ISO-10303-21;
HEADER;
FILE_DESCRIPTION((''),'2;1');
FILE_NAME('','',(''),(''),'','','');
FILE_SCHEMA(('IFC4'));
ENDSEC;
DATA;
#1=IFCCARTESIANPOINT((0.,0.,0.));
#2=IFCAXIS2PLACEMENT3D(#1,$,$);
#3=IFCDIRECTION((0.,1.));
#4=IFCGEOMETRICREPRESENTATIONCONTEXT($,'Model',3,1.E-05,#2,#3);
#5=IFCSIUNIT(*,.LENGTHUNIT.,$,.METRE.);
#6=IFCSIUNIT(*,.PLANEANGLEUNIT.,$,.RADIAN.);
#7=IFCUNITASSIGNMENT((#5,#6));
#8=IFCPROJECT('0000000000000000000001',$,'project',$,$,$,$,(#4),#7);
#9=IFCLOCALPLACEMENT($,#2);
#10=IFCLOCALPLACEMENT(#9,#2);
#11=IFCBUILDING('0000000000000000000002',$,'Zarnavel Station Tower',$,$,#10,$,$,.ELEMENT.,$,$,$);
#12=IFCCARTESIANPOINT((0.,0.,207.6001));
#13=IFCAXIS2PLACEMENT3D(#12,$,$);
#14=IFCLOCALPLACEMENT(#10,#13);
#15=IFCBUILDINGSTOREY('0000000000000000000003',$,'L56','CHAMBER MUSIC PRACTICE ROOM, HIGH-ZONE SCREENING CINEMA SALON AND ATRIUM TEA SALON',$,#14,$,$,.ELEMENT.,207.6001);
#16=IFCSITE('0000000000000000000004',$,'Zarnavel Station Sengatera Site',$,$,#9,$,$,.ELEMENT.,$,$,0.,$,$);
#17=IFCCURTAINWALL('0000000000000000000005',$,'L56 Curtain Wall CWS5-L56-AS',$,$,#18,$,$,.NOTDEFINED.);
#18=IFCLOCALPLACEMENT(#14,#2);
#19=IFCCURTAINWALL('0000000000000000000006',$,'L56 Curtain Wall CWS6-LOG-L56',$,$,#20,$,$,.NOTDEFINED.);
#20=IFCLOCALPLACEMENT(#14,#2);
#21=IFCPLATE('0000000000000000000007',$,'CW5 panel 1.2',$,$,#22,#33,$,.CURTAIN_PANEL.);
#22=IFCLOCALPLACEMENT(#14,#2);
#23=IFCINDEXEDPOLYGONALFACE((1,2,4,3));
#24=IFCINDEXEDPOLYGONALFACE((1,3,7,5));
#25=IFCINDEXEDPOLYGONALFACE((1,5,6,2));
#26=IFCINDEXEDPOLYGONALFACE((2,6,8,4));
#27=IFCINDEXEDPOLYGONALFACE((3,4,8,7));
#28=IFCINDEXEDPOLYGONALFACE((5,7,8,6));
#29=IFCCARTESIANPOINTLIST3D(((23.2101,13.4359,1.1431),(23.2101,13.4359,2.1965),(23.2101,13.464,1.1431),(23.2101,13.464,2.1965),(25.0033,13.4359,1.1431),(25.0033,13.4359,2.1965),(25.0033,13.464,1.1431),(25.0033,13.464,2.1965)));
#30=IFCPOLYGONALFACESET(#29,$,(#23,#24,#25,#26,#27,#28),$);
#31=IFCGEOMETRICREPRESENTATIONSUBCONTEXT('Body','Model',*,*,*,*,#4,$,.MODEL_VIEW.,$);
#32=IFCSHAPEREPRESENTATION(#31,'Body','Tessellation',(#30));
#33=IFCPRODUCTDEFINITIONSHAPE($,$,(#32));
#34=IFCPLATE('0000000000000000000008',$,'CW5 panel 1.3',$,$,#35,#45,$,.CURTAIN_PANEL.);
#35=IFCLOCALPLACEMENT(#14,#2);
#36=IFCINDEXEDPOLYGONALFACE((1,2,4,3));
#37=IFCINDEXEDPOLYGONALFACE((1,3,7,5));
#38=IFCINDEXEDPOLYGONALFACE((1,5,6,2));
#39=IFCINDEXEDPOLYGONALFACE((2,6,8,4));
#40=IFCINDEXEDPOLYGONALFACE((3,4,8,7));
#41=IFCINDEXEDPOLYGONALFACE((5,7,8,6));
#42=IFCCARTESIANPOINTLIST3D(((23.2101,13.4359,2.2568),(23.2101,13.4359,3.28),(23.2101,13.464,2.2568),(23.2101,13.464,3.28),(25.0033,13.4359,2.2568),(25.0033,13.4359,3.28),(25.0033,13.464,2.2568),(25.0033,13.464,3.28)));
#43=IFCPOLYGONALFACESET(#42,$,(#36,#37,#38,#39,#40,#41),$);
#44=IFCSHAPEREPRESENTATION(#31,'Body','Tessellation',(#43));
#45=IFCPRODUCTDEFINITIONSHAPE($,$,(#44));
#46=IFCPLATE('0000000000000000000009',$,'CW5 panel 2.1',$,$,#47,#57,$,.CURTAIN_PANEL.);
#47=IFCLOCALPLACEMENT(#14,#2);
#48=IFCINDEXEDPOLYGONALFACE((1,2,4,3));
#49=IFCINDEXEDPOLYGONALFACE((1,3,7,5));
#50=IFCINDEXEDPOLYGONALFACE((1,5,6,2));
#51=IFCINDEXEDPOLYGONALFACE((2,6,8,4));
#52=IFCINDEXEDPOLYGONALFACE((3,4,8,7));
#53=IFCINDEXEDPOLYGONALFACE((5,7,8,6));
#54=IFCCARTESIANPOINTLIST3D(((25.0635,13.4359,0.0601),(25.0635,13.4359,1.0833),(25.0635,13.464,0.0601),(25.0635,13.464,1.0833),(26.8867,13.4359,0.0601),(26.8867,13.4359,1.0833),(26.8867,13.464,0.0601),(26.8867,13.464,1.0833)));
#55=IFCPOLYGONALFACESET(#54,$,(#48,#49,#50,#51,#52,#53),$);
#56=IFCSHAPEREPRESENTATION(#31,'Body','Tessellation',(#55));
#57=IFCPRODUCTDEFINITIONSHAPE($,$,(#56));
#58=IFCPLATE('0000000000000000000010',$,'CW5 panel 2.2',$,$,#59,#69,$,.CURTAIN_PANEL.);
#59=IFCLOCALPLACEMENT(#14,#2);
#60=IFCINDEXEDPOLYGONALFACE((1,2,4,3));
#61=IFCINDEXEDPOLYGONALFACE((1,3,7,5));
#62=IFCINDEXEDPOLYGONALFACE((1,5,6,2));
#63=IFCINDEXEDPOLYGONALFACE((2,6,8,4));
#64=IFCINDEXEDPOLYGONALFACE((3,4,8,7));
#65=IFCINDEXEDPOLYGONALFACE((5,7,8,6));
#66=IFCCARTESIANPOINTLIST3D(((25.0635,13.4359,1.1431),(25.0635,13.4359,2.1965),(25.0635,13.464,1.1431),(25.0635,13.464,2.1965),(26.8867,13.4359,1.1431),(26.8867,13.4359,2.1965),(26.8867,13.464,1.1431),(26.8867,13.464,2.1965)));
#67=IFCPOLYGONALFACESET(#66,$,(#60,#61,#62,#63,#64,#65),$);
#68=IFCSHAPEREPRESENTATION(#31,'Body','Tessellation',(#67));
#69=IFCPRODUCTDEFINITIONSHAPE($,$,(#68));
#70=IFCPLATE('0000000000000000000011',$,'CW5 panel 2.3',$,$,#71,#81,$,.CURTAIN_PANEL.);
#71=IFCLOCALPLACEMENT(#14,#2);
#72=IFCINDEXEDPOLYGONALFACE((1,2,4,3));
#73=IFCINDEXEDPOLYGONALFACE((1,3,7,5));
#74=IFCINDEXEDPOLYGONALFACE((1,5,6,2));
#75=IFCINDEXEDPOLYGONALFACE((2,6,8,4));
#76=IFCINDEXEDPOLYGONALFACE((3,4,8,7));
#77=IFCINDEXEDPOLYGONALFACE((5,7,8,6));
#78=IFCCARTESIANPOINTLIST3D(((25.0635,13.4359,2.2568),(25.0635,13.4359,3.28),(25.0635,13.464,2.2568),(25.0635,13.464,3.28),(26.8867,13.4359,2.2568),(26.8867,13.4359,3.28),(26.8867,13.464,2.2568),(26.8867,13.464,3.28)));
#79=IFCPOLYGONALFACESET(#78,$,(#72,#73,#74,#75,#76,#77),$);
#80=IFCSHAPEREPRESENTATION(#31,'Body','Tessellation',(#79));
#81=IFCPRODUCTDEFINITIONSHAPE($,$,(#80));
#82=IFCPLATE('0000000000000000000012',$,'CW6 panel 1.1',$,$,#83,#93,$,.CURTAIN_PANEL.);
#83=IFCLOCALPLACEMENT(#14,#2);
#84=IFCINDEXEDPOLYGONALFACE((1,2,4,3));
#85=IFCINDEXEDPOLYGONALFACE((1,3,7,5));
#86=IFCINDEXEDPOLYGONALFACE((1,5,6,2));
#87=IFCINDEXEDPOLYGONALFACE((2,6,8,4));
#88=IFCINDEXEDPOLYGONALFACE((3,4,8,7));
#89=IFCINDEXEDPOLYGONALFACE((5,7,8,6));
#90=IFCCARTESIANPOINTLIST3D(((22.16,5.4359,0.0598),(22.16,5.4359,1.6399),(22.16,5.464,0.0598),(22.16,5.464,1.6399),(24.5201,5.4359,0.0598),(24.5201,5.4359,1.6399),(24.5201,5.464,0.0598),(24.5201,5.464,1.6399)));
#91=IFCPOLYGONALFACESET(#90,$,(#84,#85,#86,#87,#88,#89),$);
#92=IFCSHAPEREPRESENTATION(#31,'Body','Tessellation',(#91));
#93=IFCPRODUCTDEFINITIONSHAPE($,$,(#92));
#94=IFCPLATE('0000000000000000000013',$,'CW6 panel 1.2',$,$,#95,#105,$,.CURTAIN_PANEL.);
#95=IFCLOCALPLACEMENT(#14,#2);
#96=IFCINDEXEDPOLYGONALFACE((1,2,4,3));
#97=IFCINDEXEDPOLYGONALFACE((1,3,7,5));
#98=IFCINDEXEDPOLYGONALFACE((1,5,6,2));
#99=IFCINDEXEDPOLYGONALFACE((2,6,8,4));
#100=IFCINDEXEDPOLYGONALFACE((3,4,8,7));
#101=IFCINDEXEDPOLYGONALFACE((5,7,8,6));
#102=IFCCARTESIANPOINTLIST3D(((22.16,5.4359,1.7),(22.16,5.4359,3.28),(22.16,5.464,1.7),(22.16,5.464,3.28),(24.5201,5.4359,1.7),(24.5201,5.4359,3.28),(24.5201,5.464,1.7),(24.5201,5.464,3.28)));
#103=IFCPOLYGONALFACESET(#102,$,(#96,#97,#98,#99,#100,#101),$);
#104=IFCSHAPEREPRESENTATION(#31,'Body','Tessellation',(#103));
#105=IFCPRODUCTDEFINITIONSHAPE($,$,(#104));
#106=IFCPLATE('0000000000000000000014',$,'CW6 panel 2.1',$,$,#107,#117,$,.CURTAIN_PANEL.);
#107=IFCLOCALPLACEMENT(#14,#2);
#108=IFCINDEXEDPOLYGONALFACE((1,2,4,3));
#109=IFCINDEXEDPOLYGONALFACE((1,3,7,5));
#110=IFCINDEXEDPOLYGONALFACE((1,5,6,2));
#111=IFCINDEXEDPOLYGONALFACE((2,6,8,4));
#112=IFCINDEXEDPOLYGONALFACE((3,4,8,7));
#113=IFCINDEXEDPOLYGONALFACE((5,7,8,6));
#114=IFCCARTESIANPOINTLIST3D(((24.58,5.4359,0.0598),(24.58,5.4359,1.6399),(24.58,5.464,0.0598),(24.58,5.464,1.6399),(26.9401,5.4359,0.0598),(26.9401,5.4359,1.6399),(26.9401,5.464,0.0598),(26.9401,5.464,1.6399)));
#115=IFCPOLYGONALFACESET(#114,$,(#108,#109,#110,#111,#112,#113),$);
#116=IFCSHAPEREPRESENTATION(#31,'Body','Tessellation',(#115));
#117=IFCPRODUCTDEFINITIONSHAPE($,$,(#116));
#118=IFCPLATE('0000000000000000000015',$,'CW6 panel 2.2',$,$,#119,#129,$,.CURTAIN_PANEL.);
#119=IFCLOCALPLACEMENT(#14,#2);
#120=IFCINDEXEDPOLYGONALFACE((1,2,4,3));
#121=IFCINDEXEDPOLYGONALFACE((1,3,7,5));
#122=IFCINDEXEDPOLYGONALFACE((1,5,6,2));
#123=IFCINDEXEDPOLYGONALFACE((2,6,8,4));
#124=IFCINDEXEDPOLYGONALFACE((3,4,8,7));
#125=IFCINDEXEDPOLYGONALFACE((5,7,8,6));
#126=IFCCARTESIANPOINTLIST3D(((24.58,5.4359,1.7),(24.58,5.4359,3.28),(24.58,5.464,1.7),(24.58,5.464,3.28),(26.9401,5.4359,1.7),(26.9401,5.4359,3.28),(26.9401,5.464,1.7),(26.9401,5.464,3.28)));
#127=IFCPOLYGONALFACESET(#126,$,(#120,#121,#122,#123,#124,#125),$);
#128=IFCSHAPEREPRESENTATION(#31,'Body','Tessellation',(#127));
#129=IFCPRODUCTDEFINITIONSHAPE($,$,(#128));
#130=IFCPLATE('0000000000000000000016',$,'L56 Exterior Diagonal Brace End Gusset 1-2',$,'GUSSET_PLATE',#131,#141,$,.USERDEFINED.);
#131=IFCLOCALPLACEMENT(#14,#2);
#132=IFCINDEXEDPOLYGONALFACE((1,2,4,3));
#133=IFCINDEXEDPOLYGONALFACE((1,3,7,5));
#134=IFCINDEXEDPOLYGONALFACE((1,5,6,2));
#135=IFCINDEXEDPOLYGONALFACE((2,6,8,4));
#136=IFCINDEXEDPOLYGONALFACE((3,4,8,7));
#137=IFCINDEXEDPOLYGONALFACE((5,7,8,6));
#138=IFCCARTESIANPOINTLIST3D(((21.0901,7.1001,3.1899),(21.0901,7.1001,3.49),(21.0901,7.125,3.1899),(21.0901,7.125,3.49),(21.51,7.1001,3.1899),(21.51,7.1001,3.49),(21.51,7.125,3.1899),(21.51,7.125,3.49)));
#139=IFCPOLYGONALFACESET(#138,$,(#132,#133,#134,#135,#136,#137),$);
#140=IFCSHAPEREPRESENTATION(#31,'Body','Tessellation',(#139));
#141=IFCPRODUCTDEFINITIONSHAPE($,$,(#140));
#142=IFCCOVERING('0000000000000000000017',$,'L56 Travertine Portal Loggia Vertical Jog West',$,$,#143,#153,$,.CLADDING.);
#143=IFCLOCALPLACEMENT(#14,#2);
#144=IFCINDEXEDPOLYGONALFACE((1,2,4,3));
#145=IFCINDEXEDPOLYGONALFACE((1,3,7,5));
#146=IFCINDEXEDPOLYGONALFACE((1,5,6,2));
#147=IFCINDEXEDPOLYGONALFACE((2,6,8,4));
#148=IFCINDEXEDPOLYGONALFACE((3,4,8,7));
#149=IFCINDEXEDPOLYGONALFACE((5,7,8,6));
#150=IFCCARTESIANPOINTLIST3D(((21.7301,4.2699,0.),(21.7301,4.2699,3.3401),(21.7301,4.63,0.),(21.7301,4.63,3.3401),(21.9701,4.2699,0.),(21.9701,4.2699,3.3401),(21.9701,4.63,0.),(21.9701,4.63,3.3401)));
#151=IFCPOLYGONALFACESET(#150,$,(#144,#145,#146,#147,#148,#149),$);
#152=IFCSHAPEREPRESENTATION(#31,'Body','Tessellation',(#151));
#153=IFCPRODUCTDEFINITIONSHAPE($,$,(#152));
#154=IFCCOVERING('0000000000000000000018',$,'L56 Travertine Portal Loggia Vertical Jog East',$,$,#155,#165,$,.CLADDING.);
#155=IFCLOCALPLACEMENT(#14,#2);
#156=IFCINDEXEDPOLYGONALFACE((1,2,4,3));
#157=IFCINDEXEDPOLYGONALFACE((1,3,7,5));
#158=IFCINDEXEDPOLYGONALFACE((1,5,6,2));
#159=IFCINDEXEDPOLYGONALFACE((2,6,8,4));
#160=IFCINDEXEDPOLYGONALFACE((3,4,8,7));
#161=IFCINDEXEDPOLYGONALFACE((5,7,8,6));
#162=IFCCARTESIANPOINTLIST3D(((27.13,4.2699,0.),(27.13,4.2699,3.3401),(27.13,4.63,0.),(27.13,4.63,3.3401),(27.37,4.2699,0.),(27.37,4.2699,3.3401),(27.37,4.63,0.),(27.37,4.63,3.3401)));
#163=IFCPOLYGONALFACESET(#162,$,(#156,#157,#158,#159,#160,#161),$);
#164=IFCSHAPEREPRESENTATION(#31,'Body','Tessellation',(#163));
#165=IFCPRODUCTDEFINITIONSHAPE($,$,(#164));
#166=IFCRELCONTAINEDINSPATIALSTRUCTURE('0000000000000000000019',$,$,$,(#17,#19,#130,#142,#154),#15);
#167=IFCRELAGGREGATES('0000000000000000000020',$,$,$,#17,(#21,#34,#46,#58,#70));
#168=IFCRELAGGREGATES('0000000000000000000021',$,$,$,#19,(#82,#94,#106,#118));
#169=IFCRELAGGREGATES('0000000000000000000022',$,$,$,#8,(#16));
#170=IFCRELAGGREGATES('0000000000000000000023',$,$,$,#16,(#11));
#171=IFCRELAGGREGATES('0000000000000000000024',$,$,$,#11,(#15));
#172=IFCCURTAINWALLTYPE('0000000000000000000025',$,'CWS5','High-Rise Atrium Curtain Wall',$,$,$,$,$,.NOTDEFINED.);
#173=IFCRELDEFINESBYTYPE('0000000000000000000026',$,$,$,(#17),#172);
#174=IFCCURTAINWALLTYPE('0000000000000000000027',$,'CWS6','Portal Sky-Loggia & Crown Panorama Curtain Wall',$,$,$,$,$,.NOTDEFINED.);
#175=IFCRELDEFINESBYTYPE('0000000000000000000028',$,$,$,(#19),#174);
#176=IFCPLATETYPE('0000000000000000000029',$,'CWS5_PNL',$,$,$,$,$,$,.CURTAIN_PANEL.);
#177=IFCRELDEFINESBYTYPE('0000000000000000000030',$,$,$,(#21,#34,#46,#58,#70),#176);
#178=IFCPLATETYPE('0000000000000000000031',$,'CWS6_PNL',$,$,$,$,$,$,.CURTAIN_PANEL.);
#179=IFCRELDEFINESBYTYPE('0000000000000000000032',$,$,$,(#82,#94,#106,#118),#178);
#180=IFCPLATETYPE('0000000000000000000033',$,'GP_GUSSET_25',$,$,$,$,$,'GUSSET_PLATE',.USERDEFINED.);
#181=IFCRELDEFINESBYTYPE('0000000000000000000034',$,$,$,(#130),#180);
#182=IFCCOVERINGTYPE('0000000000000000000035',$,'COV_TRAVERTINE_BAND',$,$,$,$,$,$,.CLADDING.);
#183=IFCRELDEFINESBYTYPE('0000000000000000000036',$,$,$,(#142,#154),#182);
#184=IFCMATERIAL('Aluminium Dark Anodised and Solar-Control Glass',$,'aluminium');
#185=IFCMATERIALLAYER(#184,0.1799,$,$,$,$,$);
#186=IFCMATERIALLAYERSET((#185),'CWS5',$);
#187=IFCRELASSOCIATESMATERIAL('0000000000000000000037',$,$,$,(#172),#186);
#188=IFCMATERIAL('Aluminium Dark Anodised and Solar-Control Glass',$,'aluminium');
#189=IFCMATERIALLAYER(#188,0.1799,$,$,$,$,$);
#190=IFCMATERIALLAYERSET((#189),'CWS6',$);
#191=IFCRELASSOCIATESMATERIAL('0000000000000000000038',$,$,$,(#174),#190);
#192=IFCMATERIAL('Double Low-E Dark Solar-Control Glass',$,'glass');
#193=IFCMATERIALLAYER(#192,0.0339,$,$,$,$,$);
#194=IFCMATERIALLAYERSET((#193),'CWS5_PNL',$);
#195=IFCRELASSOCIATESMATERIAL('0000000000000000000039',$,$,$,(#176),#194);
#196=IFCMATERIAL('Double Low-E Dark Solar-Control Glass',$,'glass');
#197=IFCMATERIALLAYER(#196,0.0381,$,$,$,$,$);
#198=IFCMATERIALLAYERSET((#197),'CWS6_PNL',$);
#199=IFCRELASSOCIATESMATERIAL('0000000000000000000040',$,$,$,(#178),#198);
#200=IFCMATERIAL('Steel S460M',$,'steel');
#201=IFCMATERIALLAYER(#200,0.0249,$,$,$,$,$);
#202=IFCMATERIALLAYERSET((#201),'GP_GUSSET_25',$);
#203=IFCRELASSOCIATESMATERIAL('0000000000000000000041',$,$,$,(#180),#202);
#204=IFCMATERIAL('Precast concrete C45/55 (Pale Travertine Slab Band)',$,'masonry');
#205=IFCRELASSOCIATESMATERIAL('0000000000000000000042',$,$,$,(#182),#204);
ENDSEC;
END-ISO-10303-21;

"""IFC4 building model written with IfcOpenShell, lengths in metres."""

from ifc_helpers import new_model, si_unit, direction, frame, origin, origin_2d, place, context, subcontext, project, spatial, rectangle, extrude, material, layer, layer_set, type_object, element, aggregate, save


model = new_model("IFC4")

# Units and contexts
model_context = context("Model", 3, precision=1e-05, world=origin(), true_north=direction((0.0, 1.0)))
body_context = subcontext(model_context, "Body", "Model", "MODEL_VIEW")
ifc_project = project(units=[si_unit("LENGTHUNIT", "METRE"), si_unit("PLANEANGLEUNIT", "RADIAN")], contexts=[model_context])

# Site, building, storey
site_placement = place(None, origin())
site = spatial("IfcSite", under=ifc_project, at=site_placement, Name="Zarnavel Station Sengatera Site", CompositionType="ELEMENT", RefElevation=0.0)
building_placement = place(site_placement, origin())
building = spatial("IfcBuilding", under=site, at=building_placement, Name="Zarnavel Station Tower", CompositionType="ELEMENT")
storey_placement = place(building_placement, frame((0.0, 0.0, 207.6001)))
storey = spatial("IfcBuildingStorey", under=building, at=storey_placement, Name="L56", Description="CHAMBER MUSIC PRACTICE ROOM, HIGH-ZONE SCREENING CINEMA SALON AND ATRIUM TEA SALON", CompositionType="ELEMENT", Elevation=207.6001)

# Curtain walls
ifc_material_1 = material(Name="Aluminium Dark Anodised and Solar-Control Glass", Category="aluminium")
ifc_layer_1 = layer(ifc_material_1, 0.1799)
ifc_layer_set_1 = layer_set([ifc_layer_1], Name="CWS5")
curtain_wall_type_1 = type_object("IfcCurtainWallType", Name="CWS5", Description="High-Rise Atrium Curtain Wall", PredefinedType="NOTDEFINED", material=ifc_layer_set_1)
curtain_wall_1_placement = place(storey_placement, origin())
curtain_wall_1 = element("IfcCurtainWall", 1, at=curtain_wall_1_placement, inside=storey, type_object=curtain_wall_type_1, Name="L56 Curtain Wall CWS5-L56-AS", PredefinedType="NOTDEFINED")
ifc_material_2 = material(Name="Aluminium Dark Anodised and Solar-Control Glass", Category="aluminium")
ifc_layer_2 = layer(ifc_material_2, 0.1799)
ifc_layer_set_2 = layer_set([ifc_layer_2], Name="CWS6")
curtain_wall_type_2 = type_object("IfcCurtainWallType", Name="CWS6", Description="Portal Sky-Loggia & Crown Panorama Curtain Wall", PredefinedType="NOTDEFINED", material=ifc_layer_set_2)
curtain_wall_2_placement = place(storey_placement, origin())
curtain_wall_2 = element("IfcCurtainWall", 2, at=curtain_wall_2_placement, inside=storey, type_object=curtain_wall_type_2, Name="L56 Curtain Wall CWS6-LOG-L56", PredefinedType="NOTDEFINED")

# Plates
ifc_material_3 = material(Name="Double Low-E Dark Solar-Control Glass", Category="glass")
ifc_layer_3 = layer(ifc_material_3, 0.0339)
ifc_layer_set_3 = layer_set([ifc_layer_3], Name="CWS5_PNL")
plate_type_1 = type_object("IfcPlateType", Name="CWS5_PNL", PredefinedType="CURTAIN_PANEL", material=ifc_layer_set_3)
plate_1_placement = place(storey_placement, frame((24.1067, 13.45, 1.1431), z_axis=(0.0, 0.0, 1.0), x_axis=(1.0, 0.0, 0.0)))
plate_1 = element("IfcPlate", 3, at=plate_1_placement, type_object=plate_type_1, Name="CW5 panel 1.2", PredefinedType="CURTAIN_PANEL", context=body_context, shape_type="SweptSolid", body=[
    extrude(rectangle(XDim=1.7932, YDim=0.0281, at=origin_2d()), origin(), (0.0, 0.0, 1.0), 1.0535),
])
plate_2_placement = place(storey_placement, frame((24.1067, 13.45, 2.2568), z_axis=(0.0, 0.0, 1.0), x_axis=(1.0, 0.0, 0.0)))
plate_2 = element("IfcPlate", 4, at=plate_2_placement, type_object=plate_type_1, Name="CW5 panel 1.3", PredefinedType="CURTAIN_PANEL", context=body_context, shape_type="SweptSolid", body=[
    extrude(rectangle(XDim=1.7932, YDim=0.0281, at=origin_2d()), origin(), (0.0, 0.0, 1.0), 1.0232),
])
plate_3_placement = place(storey_placement, frame((25.9751, 13.45, 0.0601), z_axis=(0.0, 0.0, 1.0), x_axis=(1.0, 0.0, 0.0)))
plate_3 = element("IfcPlate", 5, at=plate_3_placement, type_object=plate_type_1, Name="CW5 panel 2.1", PredefinedType="CURTAIN_PANEL", context=body_context, shape_type="SweptSolid", body=[
    extrude(rectangle(XDim=1.8232, YDim=0.0281, at=origin_2d()), origin(), (0.0, 0.0, 1.0), 1.0232),
])
plate_4_placement = place(storey_placement, frame((25.9751, 13.45, 1.1431), z_axis=(0.0, 0.0, 1.0), x_axis=(1.0, 0.0, 0.0)))
plate_4 = element("IfcPlate", 6, at=plate_4_placement, type_object=plate_type_1, Name="CW5 panel 2.2", PredefinedType="CURTAIN_PANEL", context=body_context, shape_type="SweptSolid", body=[
    extrude(rectangle(XDim=1.8232, YDim=0.0281, at=origin_2d()), origin(), (0.0, 0.0, 1.0), 1.0535),
])
plate_5_placement = place(storey_placement, frame((25.9751, 13.45, 2.2568), z_axis=(0.0, 0.0, 1.0), x_axis=(1.0, 0.0, 0.0)))
plate_5 = element("IfcPlate", 7, at=plate_5_placement, type_object=plate_type_1, Name="CW5 panel 2.3", PredefinedType="CURTAIN_PANEL", context=body_context, shape_type="SweptSolid", body=[
    extrude(rectangle(XDim=1.8232, YDim=0.0281, at=origin_2d()), origin(), (0.0, 0.0, 1.0), 1.0232),
])
aggregate(curtain_wall_1, [plate_1, plate_2, plate_3, plate_4, plate_5])
ifc_material_4 = material(Name="Double Low-E Dark Solar-Control Glass", Category="glass")
ifc_layer_4 = layer(ifc_material_4, 0.0381)
ifc_layer_set_4 = layer_set([ifc_layer_4], Name="CWS6_PNL")
plate_type_2 = type_object("IfcPlateType", Name="CWS6_PNL", PredefinedType="CURTAIN_PANEL", material=ifc_layer_set_4)
plate_6_placement = place(storey_placement, frame((23.3401, 5.45, 0.0598), z_axis=(0.0, 0.0, 1.0), x_axis=(1.0, 0.0, 0.0)))
plate_6 = element("IfcPlate", 8, at=plate_6_placement, type_object=plate_type_2, Name="CW6 panel 1.1", PredefinedType="CURTAIN_PANEL", context=body_context, shape_type="SweptSolid", body=[
    extrude(rectangle(XDim=2.3601, YDim=0.0281, at=origin_2d()), origin(), (0.0, 0.0, 1.0), 1.5801),
])
plate_7_placement = place(storey_placement, frame((23.3401, 5.45, 1.7), z_axis=(0.0, 0.0, 1.0), x_axis=(1.0, 0.0, 0.0)))
plate_7 = element("IfcPlate", 9, at=plate_7_placement, type_object=plate_type_2, Name="CW6 panel 1.2", PredefinedType="CURTAIN_PANEL", context=body_context, shape_type="SweptSolid", body=[
    extrude(rectangle(XDim=2.3601, YDim=0.0281, at=origin_2d()), origin(), (0.0, 0.0, 1.0), 1.5801),
])
plate_8_placement = place(storey_placement, frame((25.76, 5.45, 0.0598), z_axis=(0.0, 0.0, 1.0), x_axis=(1.0, 0.0, 0.0)))
plate_8 = element("IfcPlate", 10, at=plate_8_placement, type_object=plate_type_2, Name="CW6 panel 2.1", PredefinedType="CURTAIN_PANEL", context=body_context, shape_type="SweptSolid", body=[
    extrude(rectangle(XDim=2.3601, YDim=0.0281, at=origin_2d()), origin(), (0.0, 0.0, 1.0), 1.5801),
])
plate_9_placement = place(storey_placement, frame((25.76, 5.45, 1.7), z_axis=(0.0, 0.0, 1.0), x_axis=(1.0, 0.0, 0.0)))
plate_9 = element("IfcPlate", 11, at=plate_9_placement, type_object=plate_type_2, Name="CW6 panel 2.2", PredefinedType="CURTAIN_PANEL", context=body_context, shape_type="SweptSolid", body=[
    extrude(rectangle(XDim=2.3601, YDim=0.0281, at=origin_2d()), origin(), (0.0, 0.0, 1.0), 1.5801),
])
aggregate(curtain_wall_2, [plate_6, plate_7, plate_8, plate_9])
ifc_material_5 = material(Name="Steel S460M", Category="steel")
ifc_layer_5 = layer(ifc_material_5, 0.0249)
ifc_layer_set_5 = layer_set([ifc_layer_5], Name="GP_GUSSET_25")
plate_type_3 = type_object("IfcPlateType", Name="GP_GUSSET_25", ElementType="GUSSET_PLATE", PredefinedType="USERDEFINED", material=ifc_layer_set_5)
plate_10_placement = place(storey_placement, frame((21.3, 7.1125, 3.1899), z_axis=(0.0, 0.0, 1.0), x_axis=(1.0, 0.0, 0.0)))
element("IfcPlate", 12, at=plate_10_placement, inside=storey, type_object=plate_type_3, Name="L56 Exterior Diagonal Brace End Gusset 1-2", ObjectType="GUSSET_PLATE", PredefinedType="USERDEFINED", context=body_context, shape_type="SweptSolid", body=[
    extrude(rectangle(XDim=0.4199, YDim=0.0249, at=origin_2d()), origin(), (0.0, 0.0, 1.0), 0.3),
])

# Coverings
ifc_material_6 = material(Name="Precast concrete C45/55 (Pale Travertine Slab Band)", Category="masonry")
covering_type = type_object("IfcCoveringType", Name="COV_TRAVERTINE_BAND", PredefinedType="CLADDING", material=ifc_material_6)
for number, where, z_axis, x_axis, name in (
    (13, (21.8501, 4.45, 0.0), (0.0, 0.0, 1.0), (1.0, 0.0, 0.0), "L56 Travertine Portal Loggia Vertical Jog West"),
    (14, (27.25, 4.45, 0.0), (0.0, 0.0, 1.0), (1.0, 0.0, 0.0), "L56 Travertine Portal Loggia Vertical Jog East"),
):
    element("IfcCovering", number, at=place(storey_placement, frame(where, z_axis=z_axis, x_axis=x_axis)), inside=storey, type_object=covering_type, Name=name, PredefinedType="CLADDING", context=body_context, shape_type="SweptSolid", body=[
        extrude(rectangle(XDim=0.24, YDim=0.3601, at=origin_2d()), origin(), (0.0, 0.0, 1.0), 3.3401),
    ])

save(model, "model.ifc")
